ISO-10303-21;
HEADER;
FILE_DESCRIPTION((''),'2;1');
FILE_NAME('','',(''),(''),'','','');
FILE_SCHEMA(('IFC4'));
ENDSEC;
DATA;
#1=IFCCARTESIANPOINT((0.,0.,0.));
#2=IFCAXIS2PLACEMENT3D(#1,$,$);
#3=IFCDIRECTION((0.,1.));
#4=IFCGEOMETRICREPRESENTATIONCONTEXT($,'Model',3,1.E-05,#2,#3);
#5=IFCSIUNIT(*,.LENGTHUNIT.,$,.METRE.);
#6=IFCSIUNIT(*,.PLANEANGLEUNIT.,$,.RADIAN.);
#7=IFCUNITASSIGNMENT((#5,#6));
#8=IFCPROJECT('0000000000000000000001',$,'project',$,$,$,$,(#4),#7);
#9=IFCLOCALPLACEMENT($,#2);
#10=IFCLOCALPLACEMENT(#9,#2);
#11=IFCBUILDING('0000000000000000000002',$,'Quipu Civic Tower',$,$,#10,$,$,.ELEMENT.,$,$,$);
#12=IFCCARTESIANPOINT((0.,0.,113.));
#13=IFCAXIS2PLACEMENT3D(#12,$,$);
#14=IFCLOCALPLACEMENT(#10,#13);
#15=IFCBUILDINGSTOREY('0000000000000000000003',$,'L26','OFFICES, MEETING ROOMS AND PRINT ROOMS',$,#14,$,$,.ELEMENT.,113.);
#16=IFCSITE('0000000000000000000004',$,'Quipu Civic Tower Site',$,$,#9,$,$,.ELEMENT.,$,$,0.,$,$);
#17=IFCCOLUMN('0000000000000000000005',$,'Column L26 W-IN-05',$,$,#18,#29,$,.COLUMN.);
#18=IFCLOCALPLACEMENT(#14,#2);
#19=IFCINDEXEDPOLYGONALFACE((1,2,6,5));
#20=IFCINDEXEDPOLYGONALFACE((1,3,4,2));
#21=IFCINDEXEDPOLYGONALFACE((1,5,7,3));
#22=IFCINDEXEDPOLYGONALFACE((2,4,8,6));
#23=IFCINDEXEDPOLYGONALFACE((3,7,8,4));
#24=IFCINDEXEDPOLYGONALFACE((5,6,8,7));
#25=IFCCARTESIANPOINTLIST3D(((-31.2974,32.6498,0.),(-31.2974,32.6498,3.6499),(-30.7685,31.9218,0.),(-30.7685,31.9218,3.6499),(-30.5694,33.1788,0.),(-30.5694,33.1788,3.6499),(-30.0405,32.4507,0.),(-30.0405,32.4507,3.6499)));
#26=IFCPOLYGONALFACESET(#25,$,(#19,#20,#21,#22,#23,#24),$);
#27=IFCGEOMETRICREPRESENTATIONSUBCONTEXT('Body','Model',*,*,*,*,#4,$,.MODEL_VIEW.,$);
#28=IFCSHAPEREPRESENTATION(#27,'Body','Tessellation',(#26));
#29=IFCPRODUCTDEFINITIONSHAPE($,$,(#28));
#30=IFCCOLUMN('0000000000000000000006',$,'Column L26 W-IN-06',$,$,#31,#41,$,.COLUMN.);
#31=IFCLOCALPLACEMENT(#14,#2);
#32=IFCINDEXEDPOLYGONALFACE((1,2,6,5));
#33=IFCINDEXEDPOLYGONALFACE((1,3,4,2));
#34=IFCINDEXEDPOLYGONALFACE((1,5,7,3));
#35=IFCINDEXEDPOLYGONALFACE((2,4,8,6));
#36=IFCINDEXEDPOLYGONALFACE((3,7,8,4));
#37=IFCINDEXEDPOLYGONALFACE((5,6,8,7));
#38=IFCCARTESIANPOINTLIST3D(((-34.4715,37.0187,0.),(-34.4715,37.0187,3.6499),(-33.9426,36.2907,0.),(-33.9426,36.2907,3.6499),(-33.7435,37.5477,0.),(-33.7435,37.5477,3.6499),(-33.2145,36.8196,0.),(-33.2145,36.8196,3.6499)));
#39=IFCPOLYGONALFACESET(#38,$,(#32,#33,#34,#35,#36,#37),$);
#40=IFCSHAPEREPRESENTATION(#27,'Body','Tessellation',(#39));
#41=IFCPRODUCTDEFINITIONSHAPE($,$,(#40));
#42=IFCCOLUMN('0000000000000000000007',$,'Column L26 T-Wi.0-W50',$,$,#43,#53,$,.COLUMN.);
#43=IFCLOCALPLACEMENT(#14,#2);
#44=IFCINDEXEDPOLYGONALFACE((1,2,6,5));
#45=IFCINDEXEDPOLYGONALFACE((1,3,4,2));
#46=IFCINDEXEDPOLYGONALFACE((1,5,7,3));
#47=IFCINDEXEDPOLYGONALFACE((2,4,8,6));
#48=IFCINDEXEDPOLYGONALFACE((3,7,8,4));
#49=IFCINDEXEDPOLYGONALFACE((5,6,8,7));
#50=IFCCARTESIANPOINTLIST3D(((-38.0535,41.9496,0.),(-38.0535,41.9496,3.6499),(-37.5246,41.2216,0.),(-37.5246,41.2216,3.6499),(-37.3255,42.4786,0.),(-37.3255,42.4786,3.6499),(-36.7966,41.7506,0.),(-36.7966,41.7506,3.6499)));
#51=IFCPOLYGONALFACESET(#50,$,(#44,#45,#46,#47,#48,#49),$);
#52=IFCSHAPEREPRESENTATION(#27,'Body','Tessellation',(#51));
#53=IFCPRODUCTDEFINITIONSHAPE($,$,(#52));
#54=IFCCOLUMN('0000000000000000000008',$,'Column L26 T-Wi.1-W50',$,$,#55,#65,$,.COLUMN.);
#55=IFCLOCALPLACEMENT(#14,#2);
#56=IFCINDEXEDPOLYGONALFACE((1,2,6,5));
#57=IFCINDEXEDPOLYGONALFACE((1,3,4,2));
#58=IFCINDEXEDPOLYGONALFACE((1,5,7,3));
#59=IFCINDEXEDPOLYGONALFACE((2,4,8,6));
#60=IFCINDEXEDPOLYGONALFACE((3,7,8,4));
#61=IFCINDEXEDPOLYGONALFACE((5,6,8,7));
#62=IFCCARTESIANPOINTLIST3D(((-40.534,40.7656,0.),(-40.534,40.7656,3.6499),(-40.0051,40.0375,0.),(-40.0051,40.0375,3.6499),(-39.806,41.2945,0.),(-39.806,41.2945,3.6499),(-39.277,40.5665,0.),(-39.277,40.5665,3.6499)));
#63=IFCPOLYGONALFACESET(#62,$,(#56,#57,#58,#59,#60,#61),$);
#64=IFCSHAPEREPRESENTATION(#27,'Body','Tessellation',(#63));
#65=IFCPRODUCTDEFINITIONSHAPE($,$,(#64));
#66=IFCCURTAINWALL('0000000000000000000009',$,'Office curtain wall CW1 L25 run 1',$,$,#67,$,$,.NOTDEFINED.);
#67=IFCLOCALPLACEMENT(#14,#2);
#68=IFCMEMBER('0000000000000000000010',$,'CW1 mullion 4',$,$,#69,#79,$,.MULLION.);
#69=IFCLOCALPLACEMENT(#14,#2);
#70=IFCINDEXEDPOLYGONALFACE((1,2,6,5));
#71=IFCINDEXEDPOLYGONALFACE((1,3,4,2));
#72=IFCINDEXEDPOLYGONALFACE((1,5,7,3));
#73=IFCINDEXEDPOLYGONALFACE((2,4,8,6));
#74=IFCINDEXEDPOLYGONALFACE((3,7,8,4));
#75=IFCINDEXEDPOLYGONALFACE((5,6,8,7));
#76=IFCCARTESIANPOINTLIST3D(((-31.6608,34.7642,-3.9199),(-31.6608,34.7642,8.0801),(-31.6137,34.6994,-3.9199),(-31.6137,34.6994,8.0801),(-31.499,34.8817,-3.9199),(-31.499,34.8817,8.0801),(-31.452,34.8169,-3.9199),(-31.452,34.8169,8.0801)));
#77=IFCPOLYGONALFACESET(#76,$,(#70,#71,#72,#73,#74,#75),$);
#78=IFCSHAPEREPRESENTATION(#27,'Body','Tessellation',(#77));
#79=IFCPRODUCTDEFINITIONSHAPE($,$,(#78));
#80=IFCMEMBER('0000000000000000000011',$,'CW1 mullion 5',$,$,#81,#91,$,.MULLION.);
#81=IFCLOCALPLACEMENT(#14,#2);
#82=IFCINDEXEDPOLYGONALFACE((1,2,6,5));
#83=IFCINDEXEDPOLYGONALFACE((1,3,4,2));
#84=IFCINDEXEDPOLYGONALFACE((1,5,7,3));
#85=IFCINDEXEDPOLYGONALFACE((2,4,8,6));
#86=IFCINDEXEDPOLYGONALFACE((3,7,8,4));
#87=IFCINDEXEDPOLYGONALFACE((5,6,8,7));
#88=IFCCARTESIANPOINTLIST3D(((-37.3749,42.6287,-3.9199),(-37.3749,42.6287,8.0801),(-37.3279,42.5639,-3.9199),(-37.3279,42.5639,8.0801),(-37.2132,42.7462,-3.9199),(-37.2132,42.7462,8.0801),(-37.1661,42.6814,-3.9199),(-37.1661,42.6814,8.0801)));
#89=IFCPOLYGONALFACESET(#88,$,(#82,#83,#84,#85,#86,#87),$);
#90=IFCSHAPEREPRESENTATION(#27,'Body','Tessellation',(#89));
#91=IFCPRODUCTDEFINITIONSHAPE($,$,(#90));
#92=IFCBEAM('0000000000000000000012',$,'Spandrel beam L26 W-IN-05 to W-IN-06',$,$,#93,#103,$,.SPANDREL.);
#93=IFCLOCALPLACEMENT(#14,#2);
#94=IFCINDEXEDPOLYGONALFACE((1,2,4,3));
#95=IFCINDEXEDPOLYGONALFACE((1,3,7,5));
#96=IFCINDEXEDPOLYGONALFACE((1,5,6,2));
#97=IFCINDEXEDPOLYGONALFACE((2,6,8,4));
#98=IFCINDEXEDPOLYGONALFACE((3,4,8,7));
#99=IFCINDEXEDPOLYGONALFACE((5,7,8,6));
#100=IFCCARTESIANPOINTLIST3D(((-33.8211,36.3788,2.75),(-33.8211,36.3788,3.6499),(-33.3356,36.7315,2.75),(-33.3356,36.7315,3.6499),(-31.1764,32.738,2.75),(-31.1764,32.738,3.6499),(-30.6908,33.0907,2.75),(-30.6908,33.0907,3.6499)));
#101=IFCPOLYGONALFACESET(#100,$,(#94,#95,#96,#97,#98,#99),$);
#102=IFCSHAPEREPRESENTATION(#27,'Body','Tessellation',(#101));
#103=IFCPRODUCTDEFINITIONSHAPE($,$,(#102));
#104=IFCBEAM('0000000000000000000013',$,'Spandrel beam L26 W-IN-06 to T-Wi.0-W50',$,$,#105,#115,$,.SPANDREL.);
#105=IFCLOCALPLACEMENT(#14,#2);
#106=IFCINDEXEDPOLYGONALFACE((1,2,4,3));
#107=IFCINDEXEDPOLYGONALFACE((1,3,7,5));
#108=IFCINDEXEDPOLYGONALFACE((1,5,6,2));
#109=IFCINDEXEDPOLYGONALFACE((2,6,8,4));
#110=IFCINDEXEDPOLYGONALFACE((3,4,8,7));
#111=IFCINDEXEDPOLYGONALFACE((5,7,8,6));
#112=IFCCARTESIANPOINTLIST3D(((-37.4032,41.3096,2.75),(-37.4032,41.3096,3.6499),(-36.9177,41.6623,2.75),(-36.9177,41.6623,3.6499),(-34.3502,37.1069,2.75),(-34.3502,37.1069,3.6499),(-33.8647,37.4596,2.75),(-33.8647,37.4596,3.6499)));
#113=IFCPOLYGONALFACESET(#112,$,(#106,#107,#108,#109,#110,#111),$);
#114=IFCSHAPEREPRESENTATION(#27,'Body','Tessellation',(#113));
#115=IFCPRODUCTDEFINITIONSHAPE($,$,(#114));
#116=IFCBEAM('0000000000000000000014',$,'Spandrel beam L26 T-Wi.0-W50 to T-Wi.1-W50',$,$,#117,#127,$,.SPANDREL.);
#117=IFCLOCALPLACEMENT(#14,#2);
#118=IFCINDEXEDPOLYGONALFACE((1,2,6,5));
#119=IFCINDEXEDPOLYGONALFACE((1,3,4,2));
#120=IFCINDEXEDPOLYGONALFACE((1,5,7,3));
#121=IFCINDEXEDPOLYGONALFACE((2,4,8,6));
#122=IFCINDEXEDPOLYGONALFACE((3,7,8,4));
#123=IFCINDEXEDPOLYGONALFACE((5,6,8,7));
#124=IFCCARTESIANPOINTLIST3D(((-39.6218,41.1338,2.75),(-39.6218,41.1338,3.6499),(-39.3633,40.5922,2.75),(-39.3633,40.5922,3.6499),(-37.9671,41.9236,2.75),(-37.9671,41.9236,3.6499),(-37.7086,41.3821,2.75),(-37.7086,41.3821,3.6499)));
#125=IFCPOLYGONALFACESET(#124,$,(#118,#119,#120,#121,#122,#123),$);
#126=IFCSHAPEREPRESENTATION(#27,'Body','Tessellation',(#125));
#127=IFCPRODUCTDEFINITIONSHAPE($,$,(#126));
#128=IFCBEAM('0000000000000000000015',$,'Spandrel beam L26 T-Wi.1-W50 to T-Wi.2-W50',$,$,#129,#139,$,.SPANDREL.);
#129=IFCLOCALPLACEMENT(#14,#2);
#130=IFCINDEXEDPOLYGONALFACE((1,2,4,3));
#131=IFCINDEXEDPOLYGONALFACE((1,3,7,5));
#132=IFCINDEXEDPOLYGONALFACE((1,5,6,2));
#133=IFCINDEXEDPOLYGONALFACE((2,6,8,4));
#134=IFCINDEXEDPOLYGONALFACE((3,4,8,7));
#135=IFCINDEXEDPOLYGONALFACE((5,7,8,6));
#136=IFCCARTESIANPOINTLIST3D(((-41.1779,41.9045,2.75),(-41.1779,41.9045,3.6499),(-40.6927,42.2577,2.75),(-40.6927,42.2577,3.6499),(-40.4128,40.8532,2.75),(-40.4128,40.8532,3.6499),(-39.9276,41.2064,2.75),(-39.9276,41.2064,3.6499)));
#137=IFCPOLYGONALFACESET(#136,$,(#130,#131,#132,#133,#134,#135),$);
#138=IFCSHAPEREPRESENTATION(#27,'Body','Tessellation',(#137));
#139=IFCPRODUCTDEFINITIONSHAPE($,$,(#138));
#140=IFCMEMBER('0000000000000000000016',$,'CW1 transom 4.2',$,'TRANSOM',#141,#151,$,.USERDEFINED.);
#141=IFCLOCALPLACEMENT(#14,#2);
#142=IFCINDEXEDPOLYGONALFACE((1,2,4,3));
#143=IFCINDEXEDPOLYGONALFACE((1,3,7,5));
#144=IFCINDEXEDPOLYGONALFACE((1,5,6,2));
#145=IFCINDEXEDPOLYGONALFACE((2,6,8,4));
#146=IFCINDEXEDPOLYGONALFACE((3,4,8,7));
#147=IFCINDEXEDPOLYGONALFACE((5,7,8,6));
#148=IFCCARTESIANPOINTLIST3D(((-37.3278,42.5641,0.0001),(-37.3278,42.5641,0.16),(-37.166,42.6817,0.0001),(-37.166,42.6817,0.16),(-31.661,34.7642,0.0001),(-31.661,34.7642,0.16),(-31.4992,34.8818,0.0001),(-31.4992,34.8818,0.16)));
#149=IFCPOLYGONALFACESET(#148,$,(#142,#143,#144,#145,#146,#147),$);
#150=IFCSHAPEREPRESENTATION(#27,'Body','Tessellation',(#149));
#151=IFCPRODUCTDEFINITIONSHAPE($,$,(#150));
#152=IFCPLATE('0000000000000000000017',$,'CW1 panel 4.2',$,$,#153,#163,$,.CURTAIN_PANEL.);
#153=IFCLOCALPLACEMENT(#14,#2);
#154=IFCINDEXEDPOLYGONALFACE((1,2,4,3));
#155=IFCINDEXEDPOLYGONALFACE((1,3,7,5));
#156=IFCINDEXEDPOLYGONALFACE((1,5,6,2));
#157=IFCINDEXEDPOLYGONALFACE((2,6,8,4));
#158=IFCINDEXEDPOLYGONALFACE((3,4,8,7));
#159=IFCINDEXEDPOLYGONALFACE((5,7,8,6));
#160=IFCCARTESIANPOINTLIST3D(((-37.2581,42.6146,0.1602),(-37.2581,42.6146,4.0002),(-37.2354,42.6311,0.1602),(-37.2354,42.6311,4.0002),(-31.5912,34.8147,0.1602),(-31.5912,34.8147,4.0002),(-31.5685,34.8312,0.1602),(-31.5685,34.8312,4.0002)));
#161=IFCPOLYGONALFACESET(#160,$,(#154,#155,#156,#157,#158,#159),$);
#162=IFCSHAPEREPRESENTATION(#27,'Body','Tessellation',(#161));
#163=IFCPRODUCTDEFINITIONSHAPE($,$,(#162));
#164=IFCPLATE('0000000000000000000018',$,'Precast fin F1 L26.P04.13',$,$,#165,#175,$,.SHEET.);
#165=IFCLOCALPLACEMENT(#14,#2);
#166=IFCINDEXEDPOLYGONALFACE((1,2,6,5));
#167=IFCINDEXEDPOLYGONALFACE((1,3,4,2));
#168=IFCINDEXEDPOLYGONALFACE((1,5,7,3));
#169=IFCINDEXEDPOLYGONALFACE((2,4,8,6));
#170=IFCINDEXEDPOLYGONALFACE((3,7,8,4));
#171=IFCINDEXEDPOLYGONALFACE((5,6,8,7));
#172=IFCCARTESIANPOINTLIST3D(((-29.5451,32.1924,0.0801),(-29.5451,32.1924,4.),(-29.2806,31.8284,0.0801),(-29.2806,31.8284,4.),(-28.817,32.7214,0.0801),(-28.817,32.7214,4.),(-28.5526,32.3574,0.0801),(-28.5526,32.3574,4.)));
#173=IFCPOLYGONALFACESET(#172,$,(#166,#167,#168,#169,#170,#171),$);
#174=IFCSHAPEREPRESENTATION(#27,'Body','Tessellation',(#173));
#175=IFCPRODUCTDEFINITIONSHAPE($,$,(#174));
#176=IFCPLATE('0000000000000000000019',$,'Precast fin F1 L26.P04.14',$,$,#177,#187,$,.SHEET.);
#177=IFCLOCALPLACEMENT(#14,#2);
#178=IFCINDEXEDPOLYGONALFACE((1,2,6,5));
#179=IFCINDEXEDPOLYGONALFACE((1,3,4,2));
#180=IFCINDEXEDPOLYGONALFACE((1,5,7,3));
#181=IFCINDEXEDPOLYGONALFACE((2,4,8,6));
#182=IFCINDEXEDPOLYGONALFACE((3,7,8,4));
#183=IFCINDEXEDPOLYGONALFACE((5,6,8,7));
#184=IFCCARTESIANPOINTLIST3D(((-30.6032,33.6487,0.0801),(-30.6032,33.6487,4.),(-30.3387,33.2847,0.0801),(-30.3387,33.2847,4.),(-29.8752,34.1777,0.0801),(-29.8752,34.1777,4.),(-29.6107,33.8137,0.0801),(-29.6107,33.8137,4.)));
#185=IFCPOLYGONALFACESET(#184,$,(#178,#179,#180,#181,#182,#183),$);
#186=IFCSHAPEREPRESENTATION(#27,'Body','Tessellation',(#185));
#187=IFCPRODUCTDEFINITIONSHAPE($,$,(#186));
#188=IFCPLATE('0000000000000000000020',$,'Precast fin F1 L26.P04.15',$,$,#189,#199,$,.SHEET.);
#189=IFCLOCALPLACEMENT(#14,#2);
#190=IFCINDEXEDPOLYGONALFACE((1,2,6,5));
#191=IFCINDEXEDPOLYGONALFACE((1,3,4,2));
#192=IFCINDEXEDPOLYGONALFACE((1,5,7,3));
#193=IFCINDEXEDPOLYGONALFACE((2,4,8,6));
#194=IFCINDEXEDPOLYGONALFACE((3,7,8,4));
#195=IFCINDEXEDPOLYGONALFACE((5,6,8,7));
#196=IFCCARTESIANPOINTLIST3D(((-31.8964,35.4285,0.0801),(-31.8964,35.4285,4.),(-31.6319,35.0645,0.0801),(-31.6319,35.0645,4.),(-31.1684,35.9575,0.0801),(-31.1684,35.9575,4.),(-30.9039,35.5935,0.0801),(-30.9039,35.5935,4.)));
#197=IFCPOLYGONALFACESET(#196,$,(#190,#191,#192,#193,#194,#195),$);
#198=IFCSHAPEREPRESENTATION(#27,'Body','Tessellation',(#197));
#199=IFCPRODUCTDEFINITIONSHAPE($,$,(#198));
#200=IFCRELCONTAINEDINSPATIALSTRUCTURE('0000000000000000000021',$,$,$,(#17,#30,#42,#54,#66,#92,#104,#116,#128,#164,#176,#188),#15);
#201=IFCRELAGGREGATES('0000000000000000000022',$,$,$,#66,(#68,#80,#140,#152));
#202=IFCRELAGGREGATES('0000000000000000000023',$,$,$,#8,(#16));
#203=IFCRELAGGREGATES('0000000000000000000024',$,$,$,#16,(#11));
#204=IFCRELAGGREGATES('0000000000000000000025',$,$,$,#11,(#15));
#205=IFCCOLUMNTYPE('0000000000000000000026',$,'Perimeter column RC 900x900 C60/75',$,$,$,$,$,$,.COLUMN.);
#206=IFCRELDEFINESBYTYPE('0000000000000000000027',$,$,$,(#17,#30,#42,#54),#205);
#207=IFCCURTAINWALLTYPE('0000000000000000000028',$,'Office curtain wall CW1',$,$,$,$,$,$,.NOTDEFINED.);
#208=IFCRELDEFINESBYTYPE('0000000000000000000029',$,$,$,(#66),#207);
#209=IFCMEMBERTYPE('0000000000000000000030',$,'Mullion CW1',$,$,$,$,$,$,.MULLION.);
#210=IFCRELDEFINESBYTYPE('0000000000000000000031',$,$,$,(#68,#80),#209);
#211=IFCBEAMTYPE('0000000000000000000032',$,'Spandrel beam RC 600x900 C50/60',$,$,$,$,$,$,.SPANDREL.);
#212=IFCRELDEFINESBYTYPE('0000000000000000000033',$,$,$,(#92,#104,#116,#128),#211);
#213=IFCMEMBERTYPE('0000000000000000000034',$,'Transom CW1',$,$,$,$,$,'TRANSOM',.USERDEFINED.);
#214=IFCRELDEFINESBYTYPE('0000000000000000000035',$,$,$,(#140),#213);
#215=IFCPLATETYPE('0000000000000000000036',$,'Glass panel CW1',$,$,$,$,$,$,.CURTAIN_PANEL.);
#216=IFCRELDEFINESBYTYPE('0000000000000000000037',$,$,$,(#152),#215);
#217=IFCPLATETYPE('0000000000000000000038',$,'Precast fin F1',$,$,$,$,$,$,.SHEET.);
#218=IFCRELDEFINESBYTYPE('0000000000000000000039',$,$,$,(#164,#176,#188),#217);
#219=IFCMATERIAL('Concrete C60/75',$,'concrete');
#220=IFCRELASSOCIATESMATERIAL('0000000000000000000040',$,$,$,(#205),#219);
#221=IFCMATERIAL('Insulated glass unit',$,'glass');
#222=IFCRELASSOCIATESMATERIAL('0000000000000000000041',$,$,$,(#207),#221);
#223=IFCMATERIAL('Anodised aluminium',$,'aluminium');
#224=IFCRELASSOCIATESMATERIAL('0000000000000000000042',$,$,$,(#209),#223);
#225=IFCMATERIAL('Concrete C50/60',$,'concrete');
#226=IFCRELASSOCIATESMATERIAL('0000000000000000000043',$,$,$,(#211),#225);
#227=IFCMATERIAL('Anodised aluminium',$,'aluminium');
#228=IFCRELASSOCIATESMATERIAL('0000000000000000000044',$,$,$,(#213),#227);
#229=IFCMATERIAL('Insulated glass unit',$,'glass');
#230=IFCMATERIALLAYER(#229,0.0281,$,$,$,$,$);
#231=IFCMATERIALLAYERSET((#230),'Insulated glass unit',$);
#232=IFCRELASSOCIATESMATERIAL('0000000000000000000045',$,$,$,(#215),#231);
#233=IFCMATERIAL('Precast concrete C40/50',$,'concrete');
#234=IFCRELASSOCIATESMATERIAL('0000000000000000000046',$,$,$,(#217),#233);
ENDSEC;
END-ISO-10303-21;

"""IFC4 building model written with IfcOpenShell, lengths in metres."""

from ifc_helpers import new_model, si_unit, direction, frame, origin, origin_2d, place, context, subcontext, project, spatial, rectangle, extrude, material, layer, layer_set, material_profile, profile_set, type_object, element, aggregate, save


model = new_model("IFC4")

# Units and contexts
model_context = context("Model", 3, precision=1e-05, world=origin(), true_north=direction((0.0, 1.0)))
body_context = subcontext(model_context, "Body", "Model", "MODEL_VIEW")
ifc_project = project(units=[si_unit("LENGTHUNIT", "METRE"), si_unit("PLANEANGLEUNIT", "RADIAN")], contexts=[model_context])

# Site, building, storey
site_placement = place(None, origin())
site = spatial("IfcSite", under=ifc_project, at=site_placement, Name="Quipu Civic Tower Site", CompositionType="ELEMENT", RefElevation=0.0)
building_placement = place(site_placement, origin())
building = spatial("IfcBuilding", under=site, at=building_placement, Name="Quipu Civic Tower", CompositionType="ELEMENT")
storey_placement = place(building_placement, frame((0.0, 0.0, 113.0)))
storey = spatial("IfcBuildingStorey", under=building, at=storey_placement, Name="L26", Description="OFFICES, MEETING ROOMS AND PRINT ROOMS", CompositionType="ELEMENT", Elevation=113.0)

# Columns
ifc_material_1 = material(Name="Concrete C60/75", Category="concrete")
ifc_material_profile_1 = material_profile(ifc_material_1, rectangle(XDim=0.8999, YDim=0.8999, at=origin_2d()), Name="RC900x900")
ifc_profile_set_1 = profile_set([ifc_material_profile_1], Name="Concrete C60/75")
column_type = type_object("IfcColumnType", Name="Perimeter column RC 900x900 C60/75", PredefinedType="COLUMN", material=ifc_profile_set_1)
for number, where, z_axis, x_axis, name in (
    (1, (-30.6689, 32.5503, 0.0), (0.0, 0.0, 1.0), (-0.587785, 0.809017, 0.0), "Column L26 W-IN-05"),
    (2, (-33.843, 36.9192, 0.0), (0.0, 0.0, 1.0), (-0.587785, 0.809017, 0.0), "Column L26 W-IN-06"),
    (3, (-37.425, 41.8501, 0.0), (0.0, 0.0, 1.0), (-0.587785, 0.809017, 0.0), "Column L26 T-Wi.0-W50"),
    (4, (-39.9055, 40.666, 0.0), (0.0, 0.0, 1.0), (-0.587785, 0.809017, 0.0), "Column L26 T-Wi.1-W50"),
):
    element("IfcColumn", number, at=place(storey_placement, frame(where, z_axis=z_axis, x_axis=x_axis)), inside=storey, type_object=column_type, Name=name, PredefinedType="COLUMN", context=body_context, shape_type="SweptSolid", body=[
        extrude(rectangle(XDim=0.8999, YDim=0.8999, at=origin_2d()), origin(), (0.0, 0.0, 1.0), 3.6499),
    ])

# Curtain wall, members
ifc_material_2 = material(Name="Insulated glass unit", Category="glass")
curtain_wall_type = type_object("IfcCurtainWallType", Name="Office curtain wall CW1", PredefinedType="NOTDEFINED", material=ifc_material_2)
curtain_wall_placement = place(storey_placement, origin())
curtain_wall = element("IfcCurtainWall", 5, at=curtain_wall_placement, inside=storey, type_object=curtain_wall_type, Name="Office curtain wall CW1 L25 run 1", PredefinedType="NOTDEFINED")
ifc_material_3 = material(Name="Anodised aluminium", Category="aluminium")
ifc_material_profile_2 = material_profile(ifc_material_3, rectangle(XDim=0.2, YDim=0.0801, at=origin_2d()), Name="RECT 200x80")
ifc_profile_set_2 = profile_set([ifc_material_profile_2], Name="Anodised aluminium")
member_type_1 = type_object("IfcMemberType", Name="Mullion CW1", PredefinedType="MULLION", material=ifc_profile_set_2)
member_1_placement = place(storey_placement, frame((-31.5564, 34.7905, -3.9199), z_axis=(0.0, 0.0, 1.0), x_axis=(-0.809017, -0.587786, 0.0)))
member_1 = element("IfcMember", 6, at=member_1_placement, type_object=member_type_1, Name="CW1 mullion 4", PredefinedType="MULLION", context=body_context, shape_type="SweptSolid", body=[
    extrude(rectangle(XDim=0.2, YDim=0.0801, at=origin_2d()), origin(), (0.0, 0.0, 1.0), 12.0),
])
member_2_placement = place(storey_placement, frame((-37.2705, 42.655, -3.9199), z_axis=(0.0, 0.0, 1.0), x_axis=(-0.809017, -0.587786, 0.0)))
member_2 = element("IfcMember", 7, at=member_2_placement, type_object=member_type_1, Name="CW1 mullion 5", PredefinedType="MULLION", context=body_context, shape_type="SweptSolid", body=[
    extrude(rectangle(XDim=0.2, YDim=0.0801, at=origin_2d()), origin(), (0.0, 0.0, 1.0), 12.0),
])

# Beams
ifc_material_4 = material(Name="Concrete C50/60", Category="concrete")
ifc_material_profile_3 = material_profile(ifc_material_4, rectangle(XDim=0.6001, YDim=0.8999, at=origin_2d()), Name="RC600x900")
ifc_profile_set_3 = profile_set([ifc_material_profile_3], Name="Concrete C50/60")
beam_type = type_object("IfcBeamType", Name="Spandrel beam RC 600x900 C50/60", PredefinedType="SPANDREL", material=ifc_profile_set_3)
beam_1_placement = place(storey_placement, frame((-30.9336, 32.9143, 3.2), z_axis=(-0.587717, 0.809067, 0.0), x_axis=(-0.809067, -0.587717, 0.0)))
element("IfcBeam", 8, at=beam_1_placement, inside=storey, type_object=beam_type, Name="Spandrel beam L26 W-IN-05 to W-IN-06", PredefinedType="SPANDREL", context=body_context, shape_type="SweptSolid", body=[
    extrude(rectangle(XDim=0.6001, YDim=0.8999, at=origin_2d()), origin(), (0.0, 0.0, 1.0), 4.5),
])
beam_2_placement = place(storey_placement, frame((-34.1074, 37.2832, 3.2), z_axis=(-0.587733, 0.809055, 0.0), x_axis=(-0.809055, -0.587733, 0.0)))
element("IfcBeam", 9, at=beam_2_placement, inside=storey, type_object=beam_type, Name="Spandrel beam L26 W-IN-06 to T-Wi.0-W50", PredefinedType="SPANDREL", context=body_context, shape_type="SweptSolid", body=[
    extrude(rectangle(XDim=0.6001, YDim=0.8999, at=origin_2d()), origin(), (0.0, 0.0, 1.0), 5.1946),
])
beam_3_placement = place(storey_placement, frame((-37.8379, 41.6528, 3.2), z_axis=(-0.902454, -0.430786, 0.0), x_axis=(0.430786, -0.902454, 0.0)))
element("IfcBeam", 10, at=beam_3_placement, inside=storey, type_object=beam_type, Name="Spandrel beam L26 T-Wi.0-W50 to T-Wi.1-W50", PredefinedType="SPANDREL", context=body_context, shape_type="SweptSolid", body=[
    extrude(rectangle(XDim=0.6001, YDim=0.8999, at=origin_2d()), origin(), (0.0, 0.0, 1.0), 1.8335),
])
beam_4_placement = place(storey_placement, frame((-40.1702, 41.0298, 3.2), z_axis=(-0.588462, 0.808525, 0.0), x_axis=(-0.808525, -0.588462, 0.0)))
element("IfcBeam", 11, at=beam_4_placement, inside=storey, type_object=beam_type, Name="Spandrel beam L26 T-Wi.1-W50 to T-Wi.2-W50", PredefinedType="SPANDREL", context=body_context, shape_type="SweptSolid", body=[
    extrude(rectangle(XDim=0.6001, YDim=0.8999, at=origin_2d()), origin(), (0.0, 0.0, 1.0), 1.3003),
])

# Member
ifc_material_5 = material(Name="Anodised aluminium", Category="aluminium")
ifc_material_profile_4 = material_profile(ifc_material_5, rectangle(XDim=0.2, YDim=0.1599, at=origin_2d()), Name="RECT 200x160")
ifc_profile_set_4 = profile_set([ifc_material_profile_4], Name="Anodised aluminium")
member_type_2 = type_object("IfcMemberType", Name="Transom CW1", ElementType="TRANSOM", PredefinedType="USERDEFINED", material=ifc_profile_set_4)
member_3_placement = place(storey_placement, frame((-31.5801, 34.823, 0.0801), z_axis=(-0.587776, 0.809024, 0.0), x_axis=(-0.809024, -0.587776, 0.0)))
member_3 = element("IfcMember", 12, at=member_3_placement, type_object=member_type_2, Name="CW1 transom 4.2", ObjectType="TRANSOM", PredefinedType="USERDEFINED", context=body_context, shape_type="SweptSolid", body=[
    extrude(rectangle(XDim=0.2, YDim=0.1599, at=origin_2d()), origin(), (0.0, 0.0, 1.0), 9.6411),
])

# Plate
ifc_material_6 = material(Name="Insulated glass unit", Category="glass")
ifc_layer_1 = layer(ifc_material_6, 0.0281)
ifc_layer_set_1 = layer_set([ifc_layer_1], Name="Insulated glass unit")
plate_type_1 = type_object("IfcPlateType", Name="Glass panel CW1", PredefinedType="CURTAIN_PANEL", material=ifc_layer_set_1)
plate_placement = place(storey_placement, frame((-34.4133, 38.7229, 0.1602), z_axis=(0.0, 0.0, 1.0), x_axis=(-0.587786, 0.809017, 0.0)))
plate = element("IfcPlate", 13, at=plate_placement, type_object=plate_type_1, Name="CW1 panel 4.2", PredefinedType="CURTAIN_PANEL", context=body_context, shape_type="SweptSolid", body=[
    extrude(rectangle(XDim=9.6411, YDim=0.0281, at=origin_2d()), origin(), (0.0, 0.0, 1.0), 3.8401),
])
aggregate(curtain_wall, [member_1, member_2, member_3, plate])

# Plates
ifc_material_7 = material(Name="Precast concrete C40/50", Category="concrete")
plate_type_2 = type_object("IfcPlateType", Name="Precast fin F1", PredefinedType="SHEET", material=ifc_material_7)
for number, where, z_axis, x_axis, name in (
    (14, (-29.0488, 32.2749, 0.0801), (0.0, 0.0, 1.0), (-0.587785, 0.809017, 0.0), "Precast fin F1 L26.P04.13"),
    (15, (-30.1069, 33.7312, 0.0801), (0.0, 0.0, 1.0), (-0.587785, 0.809017, 0.0), "Precast fin F1 L26.P04.14"),
    (16, (-31.4001, 35.511, 0.0801), (0.0, 0.0, 1.0), (-0.587785, 0.809017, 0.0), "Precast fin F1 L26.P04.15"),
):
    element("IfcPlate", number, at=place(storey_placement, frame(where, z_axis=z_axis, x_axis=x_axis)), inside=storey, type_object=plate_type_2, Name=name, PredefinedType="SHEET", context=body_context, shape_type="SweptSolid", body=[
        extrude(rectangle(XDim=0.45, YDim=0.8999, at=origin_2d()), origin(), (0.0, 0.0, 1.0), 3.9199),
    ])

save(model, "model.ifc")
